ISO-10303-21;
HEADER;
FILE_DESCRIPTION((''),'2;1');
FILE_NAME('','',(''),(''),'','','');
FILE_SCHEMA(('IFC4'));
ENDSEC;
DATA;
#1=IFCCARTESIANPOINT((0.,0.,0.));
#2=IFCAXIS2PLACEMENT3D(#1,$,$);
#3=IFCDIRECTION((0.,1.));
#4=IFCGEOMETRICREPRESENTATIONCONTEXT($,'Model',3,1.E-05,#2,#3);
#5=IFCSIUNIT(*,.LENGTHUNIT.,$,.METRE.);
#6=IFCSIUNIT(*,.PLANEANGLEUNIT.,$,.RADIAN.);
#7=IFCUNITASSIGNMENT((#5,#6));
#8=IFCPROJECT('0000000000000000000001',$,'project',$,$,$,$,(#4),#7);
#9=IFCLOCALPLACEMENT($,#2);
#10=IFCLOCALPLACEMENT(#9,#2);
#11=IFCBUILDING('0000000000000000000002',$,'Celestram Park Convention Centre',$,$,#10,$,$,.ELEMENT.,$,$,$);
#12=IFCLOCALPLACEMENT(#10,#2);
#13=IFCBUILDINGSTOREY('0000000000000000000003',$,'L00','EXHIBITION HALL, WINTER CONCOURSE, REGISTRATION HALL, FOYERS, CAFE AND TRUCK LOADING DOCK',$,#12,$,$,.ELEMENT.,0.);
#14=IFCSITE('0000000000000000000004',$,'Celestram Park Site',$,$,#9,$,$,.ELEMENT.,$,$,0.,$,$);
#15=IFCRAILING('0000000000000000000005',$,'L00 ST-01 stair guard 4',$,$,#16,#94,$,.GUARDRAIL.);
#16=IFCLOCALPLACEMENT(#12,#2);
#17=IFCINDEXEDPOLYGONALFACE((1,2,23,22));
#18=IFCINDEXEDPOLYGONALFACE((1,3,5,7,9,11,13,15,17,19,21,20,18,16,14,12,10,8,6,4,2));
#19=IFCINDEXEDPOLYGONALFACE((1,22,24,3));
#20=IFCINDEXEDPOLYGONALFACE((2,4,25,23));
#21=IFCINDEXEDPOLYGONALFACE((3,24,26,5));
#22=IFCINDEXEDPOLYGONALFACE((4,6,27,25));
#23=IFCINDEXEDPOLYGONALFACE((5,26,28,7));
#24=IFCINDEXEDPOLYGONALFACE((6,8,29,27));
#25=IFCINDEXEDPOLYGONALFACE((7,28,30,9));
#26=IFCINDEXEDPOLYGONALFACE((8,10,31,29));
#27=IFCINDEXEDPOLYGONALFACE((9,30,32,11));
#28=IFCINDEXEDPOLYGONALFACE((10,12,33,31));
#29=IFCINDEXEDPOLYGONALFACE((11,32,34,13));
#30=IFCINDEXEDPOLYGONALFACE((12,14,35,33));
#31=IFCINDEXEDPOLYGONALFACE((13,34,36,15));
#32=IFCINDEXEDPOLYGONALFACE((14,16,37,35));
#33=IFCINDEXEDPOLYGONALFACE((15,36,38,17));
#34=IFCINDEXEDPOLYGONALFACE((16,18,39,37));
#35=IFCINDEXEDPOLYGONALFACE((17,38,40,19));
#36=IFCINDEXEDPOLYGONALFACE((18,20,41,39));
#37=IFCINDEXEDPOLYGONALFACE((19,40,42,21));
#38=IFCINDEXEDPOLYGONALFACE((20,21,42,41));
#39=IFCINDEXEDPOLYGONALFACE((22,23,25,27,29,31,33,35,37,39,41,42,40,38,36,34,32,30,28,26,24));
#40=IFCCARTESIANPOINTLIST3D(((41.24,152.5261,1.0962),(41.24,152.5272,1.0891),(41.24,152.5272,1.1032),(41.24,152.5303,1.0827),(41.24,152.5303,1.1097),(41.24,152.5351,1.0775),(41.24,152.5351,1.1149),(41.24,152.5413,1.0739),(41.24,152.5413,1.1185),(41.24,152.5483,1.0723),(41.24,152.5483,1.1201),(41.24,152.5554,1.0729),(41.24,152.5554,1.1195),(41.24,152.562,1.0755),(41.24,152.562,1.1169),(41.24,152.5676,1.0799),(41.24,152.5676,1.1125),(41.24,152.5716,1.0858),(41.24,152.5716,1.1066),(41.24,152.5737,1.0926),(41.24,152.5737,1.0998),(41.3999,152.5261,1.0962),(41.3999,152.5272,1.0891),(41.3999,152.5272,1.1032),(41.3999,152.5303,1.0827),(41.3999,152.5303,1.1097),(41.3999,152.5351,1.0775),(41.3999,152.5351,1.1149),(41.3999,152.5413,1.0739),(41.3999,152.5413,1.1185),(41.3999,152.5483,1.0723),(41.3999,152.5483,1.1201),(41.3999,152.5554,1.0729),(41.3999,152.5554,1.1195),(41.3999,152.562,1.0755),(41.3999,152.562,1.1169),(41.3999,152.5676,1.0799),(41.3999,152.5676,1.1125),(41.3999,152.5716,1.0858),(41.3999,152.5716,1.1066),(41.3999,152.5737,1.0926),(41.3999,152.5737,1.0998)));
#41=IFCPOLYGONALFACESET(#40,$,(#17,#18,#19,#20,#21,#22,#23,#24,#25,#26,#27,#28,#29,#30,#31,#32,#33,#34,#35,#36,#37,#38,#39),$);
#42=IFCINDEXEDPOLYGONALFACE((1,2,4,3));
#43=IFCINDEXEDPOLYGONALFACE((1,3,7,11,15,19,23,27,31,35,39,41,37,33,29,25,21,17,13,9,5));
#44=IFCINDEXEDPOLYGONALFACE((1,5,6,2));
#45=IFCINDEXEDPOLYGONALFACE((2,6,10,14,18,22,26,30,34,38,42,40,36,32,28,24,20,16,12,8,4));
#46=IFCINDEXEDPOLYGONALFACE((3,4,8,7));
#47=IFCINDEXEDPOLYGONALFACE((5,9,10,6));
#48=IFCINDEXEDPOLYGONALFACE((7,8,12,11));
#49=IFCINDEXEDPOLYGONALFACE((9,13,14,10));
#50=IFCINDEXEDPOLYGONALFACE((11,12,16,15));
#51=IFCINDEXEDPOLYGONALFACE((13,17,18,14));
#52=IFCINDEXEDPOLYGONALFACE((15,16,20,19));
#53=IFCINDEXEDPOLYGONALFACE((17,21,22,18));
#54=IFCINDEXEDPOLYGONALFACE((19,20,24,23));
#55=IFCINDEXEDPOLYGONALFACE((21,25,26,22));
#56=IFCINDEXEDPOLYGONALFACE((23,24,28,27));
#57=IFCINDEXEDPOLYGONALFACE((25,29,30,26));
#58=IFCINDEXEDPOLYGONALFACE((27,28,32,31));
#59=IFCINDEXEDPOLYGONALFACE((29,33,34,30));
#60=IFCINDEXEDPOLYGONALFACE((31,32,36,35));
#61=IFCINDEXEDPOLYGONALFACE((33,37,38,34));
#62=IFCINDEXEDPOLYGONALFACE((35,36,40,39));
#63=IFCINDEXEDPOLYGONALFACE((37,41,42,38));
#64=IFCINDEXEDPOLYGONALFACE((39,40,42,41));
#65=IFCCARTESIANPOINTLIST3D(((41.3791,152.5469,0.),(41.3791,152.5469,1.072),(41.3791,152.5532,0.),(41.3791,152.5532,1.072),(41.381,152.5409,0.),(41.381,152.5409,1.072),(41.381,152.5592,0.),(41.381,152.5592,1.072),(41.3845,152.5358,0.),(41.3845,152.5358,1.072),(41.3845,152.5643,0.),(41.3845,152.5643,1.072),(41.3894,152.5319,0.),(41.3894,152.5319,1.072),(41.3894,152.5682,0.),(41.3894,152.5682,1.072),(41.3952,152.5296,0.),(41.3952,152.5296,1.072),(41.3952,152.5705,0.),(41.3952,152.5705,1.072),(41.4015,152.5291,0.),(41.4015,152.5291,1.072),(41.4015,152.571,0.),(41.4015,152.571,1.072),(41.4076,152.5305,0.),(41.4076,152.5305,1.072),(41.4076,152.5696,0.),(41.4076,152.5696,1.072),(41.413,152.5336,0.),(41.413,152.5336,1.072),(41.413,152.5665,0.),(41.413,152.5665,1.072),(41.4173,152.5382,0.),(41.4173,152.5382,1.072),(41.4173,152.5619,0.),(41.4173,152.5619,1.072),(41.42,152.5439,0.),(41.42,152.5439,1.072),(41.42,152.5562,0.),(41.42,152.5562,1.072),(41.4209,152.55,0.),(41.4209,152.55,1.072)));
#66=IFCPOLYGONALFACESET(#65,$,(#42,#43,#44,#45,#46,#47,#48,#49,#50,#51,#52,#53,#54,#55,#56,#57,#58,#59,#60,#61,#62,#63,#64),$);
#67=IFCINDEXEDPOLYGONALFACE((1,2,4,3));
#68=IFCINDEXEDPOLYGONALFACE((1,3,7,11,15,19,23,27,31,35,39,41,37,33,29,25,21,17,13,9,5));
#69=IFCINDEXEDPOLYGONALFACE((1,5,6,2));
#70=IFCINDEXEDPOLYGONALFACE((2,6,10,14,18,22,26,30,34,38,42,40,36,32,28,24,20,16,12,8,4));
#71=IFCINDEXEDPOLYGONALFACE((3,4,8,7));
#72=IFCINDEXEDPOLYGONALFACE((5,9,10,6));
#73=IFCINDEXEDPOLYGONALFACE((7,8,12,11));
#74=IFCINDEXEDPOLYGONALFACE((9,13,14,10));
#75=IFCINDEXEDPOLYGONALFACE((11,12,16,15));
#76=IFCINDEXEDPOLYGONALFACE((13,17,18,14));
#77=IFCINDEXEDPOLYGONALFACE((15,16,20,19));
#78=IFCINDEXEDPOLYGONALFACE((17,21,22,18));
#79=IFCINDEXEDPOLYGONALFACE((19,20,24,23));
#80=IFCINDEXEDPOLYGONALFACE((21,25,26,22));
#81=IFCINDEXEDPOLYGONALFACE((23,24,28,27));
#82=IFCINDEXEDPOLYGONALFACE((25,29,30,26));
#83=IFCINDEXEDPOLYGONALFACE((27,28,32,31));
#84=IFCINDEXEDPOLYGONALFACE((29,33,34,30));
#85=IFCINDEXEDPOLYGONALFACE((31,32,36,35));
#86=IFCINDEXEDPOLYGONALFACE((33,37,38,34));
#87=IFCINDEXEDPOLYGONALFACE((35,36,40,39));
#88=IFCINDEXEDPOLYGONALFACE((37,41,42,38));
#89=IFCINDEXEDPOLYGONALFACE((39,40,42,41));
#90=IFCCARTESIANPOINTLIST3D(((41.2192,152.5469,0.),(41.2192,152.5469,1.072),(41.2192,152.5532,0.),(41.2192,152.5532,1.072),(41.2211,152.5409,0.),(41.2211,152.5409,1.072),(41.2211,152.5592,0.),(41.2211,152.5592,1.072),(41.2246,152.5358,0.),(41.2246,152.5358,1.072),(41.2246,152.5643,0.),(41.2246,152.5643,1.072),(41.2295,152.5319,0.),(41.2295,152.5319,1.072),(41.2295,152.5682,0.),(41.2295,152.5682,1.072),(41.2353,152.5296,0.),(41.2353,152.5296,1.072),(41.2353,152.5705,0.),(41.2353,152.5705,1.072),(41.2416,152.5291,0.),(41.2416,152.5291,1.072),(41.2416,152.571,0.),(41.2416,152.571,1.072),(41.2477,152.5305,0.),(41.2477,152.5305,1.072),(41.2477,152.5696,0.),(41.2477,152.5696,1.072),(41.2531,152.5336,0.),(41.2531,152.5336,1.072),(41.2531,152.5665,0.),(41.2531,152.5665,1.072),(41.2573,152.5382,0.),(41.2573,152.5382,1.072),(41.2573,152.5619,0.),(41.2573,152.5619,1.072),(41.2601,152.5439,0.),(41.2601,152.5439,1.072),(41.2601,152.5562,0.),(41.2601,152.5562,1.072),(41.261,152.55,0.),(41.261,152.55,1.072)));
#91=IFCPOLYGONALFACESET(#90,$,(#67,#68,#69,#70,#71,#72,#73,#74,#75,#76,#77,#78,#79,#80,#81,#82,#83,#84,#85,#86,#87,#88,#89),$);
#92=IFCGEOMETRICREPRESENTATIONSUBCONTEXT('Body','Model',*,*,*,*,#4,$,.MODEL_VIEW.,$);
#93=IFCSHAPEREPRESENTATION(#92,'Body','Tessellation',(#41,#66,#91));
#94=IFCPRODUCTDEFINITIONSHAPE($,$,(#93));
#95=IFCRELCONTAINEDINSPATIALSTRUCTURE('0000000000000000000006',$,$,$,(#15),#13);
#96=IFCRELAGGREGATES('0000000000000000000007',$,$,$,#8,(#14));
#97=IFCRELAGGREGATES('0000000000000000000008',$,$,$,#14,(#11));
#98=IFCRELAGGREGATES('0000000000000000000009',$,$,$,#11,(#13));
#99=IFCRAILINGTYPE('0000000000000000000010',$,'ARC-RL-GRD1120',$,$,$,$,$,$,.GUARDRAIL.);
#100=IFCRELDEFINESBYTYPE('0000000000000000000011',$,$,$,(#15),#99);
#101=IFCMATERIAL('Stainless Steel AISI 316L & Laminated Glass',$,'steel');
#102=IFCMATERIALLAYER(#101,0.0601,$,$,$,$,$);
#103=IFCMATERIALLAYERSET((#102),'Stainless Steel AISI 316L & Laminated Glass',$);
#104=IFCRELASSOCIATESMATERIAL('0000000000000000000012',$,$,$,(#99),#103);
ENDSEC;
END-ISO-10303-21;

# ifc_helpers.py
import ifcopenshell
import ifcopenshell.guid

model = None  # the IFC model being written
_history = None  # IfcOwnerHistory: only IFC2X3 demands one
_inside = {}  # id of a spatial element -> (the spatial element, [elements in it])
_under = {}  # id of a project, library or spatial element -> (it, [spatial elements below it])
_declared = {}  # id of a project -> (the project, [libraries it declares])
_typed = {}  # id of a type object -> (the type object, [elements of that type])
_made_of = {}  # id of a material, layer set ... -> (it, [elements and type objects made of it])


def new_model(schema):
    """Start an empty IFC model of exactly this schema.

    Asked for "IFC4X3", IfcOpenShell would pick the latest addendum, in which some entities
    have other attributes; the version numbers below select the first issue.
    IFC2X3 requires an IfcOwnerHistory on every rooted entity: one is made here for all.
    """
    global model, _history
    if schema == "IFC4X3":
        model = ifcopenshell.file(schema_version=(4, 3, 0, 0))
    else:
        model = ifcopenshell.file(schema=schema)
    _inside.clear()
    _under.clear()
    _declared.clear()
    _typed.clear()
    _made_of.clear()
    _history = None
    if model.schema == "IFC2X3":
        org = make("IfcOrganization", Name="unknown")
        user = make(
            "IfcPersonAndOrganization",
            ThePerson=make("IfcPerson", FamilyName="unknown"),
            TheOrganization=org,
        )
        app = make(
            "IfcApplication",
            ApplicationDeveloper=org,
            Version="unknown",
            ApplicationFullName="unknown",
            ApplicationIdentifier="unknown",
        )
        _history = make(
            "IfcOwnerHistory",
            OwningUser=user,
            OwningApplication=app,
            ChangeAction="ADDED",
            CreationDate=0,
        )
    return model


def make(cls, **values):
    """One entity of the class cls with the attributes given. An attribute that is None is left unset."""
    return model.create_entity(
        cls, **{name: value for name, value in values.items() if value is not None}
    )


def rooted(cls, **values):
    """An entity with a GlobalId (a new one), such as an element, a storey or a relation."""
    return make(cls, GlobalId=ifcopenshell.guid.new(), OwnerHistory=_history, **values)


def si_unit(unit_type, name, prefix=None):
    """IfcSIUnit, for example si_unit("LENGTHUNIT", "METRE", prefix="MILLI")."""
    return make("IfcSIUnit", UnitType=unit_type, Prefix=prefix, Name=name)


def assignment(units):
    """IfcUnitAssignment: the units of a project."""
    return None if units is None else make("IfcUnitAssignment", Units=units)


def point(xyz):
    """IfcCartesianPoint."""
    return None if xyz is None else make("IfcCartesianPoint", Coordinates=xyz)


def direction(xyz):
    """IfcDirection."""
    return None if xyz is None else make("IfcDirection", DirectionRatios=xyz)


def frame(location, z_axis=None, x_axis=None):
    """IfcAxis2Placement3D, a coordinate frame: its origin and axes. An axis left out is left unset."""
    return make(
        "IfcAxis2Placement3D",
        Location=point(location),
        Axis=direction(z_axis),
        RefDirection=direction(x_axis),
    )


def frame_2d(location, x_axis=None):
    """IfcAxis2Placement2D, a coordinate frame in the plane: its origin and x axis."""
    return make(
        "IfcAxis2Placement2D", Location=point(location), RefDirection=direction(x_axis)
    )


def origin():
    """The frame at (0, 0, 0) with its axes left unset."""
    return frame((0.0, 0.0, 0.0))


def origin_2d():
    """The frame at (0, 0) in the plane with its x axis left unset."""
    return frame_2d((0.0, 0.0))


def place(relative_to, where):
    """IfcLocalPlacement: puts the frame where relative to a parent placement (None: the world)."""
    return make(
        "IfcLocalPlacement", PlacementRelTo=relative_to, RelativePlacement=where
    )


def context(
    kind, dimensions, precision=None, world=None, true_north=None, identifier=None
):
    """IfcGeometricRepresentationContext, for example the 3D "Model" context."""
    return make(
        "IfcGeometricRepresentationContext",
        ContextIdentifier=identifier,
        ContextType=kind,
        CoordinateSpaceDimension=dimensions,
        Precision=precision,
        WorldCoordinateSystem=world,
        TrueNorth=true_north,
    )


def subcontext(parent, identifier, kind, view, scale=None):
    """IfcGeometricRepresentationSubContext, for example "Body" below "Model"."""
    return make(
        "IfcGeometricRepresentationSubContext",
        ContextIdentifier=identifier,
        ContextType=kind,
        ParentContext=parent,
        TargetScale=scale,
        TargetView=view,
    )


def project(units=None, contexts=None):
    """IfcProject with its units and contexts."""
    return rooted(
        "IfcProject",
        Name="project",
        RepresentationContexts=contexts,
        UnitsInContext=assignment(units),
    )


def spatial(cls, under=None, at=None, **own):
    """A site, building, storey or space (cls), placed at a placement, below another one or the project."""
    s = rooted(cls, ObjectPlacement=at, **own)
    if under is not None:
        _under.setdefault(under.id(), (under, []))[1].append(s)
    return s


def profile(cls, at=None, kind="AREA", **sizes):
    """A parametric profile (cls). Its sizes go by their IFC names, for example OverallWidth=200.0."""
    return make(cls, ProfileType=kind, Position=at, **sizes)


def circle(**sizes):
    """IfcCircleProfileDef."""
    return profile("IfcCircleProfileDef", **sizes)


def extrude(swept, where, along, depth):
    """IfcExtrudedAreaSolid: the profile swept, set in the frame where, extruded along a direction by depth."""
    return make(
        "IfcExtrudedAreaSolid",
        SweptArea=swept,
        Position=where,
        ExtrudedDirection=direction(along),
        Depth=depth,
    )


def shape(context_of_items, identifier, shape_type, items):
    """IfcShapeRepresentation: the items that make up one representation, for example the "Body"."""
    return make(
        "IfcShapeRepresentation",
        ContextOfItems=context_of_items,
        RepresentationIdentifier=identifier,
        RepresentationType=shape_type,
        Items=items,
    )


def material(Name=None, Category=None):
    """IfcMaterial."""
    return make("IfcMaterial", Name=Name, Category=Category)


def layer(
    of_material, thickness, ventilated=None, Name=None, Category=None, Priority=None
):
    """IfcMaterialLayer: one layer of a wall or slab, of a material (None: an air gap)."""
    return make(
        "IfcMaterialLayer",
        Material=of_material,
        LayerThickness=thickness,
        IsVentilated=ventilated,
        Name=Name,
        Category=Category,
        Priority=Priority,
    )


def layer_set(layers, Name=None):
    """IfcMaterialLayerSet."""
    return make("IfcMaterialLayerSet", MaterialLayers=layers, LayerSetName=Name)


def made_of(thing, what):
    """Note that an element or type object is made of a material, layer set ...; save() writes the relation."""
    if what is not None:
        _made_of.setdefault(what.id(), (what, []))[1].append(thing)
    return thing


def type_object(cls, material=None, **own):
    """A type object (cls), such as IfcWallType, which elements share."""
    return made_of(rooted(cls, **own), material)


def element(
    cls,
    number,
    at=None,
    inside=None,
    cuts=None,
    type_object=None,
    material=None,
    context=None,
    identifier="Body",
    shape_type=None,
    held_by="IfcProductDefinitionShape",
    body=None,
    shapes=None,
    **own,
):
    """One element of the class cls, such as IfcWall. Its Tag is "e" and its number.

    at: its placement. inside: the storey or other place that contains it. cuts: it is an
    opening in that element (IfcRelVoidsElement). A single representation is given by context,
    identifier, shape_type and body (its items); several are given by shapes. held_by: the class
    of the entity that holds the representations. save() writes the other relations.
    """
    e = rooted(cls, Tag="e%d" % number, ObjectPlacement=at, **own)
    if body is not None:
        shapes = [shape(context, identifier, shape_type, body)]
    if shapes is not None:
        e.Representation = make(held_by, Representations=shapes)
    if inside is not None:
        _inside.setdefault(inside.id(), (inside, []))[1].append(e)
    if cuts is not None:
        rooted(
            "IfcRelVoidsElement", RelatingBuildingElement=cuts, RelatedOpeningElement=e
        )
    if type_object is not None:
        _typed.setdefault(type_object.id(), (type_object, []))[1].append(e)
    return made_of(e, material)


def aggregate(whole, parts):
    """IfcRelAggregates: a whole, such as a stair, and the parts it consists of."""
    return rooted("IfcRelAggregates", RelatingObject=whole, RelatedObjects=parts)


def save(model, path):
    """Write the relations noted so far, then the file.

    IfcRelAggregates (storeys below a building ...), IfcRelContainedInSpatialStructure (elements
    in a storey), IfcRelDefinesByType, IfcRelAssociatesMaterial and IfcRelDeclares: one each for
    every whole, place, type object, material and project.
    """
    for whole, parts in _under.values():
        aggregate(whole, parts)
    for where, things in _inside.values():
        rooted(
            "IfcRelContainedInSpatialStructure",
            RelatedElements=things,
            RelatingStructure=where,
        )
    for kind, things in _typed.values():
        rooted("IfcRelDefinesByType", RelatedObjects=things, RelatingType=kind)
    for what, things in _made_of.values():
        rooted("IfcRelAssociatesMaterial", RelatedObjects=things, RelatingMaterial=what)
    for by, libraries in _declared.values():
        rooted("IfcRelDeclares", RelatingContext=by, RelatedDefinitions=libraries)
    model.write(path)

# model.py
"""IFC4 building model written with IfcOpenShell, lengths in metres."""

from ifc_helpers import new_model, si_unit, direction, frame, origin, origin_2d, place, context, subcontext, project, spatial, circle, extrude, material, layer, layer_set, type_object, element, save


model = new_model("IFC4")

# Units and contexts
model_context = context("Model", 3, precision=1e-05, world=origin(), true_north=direction((0.0, 1.0)))
body_context = subcontext(model_context, "Body", "Model", "MODEL_VIEW")
ifc_project = project(units=[si_unit("LENGTHUNIT", "METRE"), si_unit("PLANEANGLEUNIT", "RADIAN")], contexts=[model_context])

# Site, building, storey
site_placement = place(None, origin())
site = spatial("IfcSite", under=ifc_project, at=site_placement, Name="Celestram Park Site", CompositionType="ELEMENT", RefElevation=0.0)
building_placement = place(site_placement, origin())
building = spatial("IfcBuilding", under=site, at=building_placement, Name="Celestram Park Convention Centre", CompositionType="ELEMENT")
storey_placement = place(building_placement, origin())
storey = spatial("IfcBuildingStorey", under=building, at=storey_placement, Name="L00", Description="EXHIBITION HALL, WINTER CONCOURSE, REGISTRATION HALL, FOYERS, CAFE AND TRUCK LOADING DOCK", CompositionType="ELEMENT", Elevation=0.0)

# Railing
ifc_material_1 = material(Name="Stainless Steel AISI 316L & Laminated Glass", Category="steel")
ifc_layer_1 = layer(ifc_material_1, 0.0601)
ifc_layer_set_1 = layer_set([ifc_layer_1], Name="Stainless Steel AISI 316L & Laminated Glass")
railing_type_1 = type_object("IfcRailingType", Name="ARC-RL-GRD1120", PredefinedType="GUARDRAIL", material=ifc_layer_set_1)
railing_1_placement = place(storey_placement, frame((41.3999, 152.55, 0.0)))
element("IfcRailing", 1, at=railing_1_placement, inside=storey, type_object=railing_type_1, Name="L00 ST-01 stair guard 4", PredefinedType="GUARDRAIL", context=body_context, shape_type="SweptSolid", body=[
    extrude(circle(Radius=0.0239, at=origin_2d()), frame((0.0, 0.0, 1.0962), z_axis=(-1.0, 0.0, 0.0), x_axis=(0.0, -1.0, 0.0)), (0.0, 0.0, 1.0), 0.1599),
    extrude(circle(Radius=0.021, at=origin_2d()), origin(), (0.0, 0.0, 1.0), 1.072),
    extrude(circle(Radius=0.021, at=origin_2d()), frame((-0.1599, 0.0, 0.0)), (0.0, 0.0, 1.0), 1.072),
])

save(model, "model.ifc")
